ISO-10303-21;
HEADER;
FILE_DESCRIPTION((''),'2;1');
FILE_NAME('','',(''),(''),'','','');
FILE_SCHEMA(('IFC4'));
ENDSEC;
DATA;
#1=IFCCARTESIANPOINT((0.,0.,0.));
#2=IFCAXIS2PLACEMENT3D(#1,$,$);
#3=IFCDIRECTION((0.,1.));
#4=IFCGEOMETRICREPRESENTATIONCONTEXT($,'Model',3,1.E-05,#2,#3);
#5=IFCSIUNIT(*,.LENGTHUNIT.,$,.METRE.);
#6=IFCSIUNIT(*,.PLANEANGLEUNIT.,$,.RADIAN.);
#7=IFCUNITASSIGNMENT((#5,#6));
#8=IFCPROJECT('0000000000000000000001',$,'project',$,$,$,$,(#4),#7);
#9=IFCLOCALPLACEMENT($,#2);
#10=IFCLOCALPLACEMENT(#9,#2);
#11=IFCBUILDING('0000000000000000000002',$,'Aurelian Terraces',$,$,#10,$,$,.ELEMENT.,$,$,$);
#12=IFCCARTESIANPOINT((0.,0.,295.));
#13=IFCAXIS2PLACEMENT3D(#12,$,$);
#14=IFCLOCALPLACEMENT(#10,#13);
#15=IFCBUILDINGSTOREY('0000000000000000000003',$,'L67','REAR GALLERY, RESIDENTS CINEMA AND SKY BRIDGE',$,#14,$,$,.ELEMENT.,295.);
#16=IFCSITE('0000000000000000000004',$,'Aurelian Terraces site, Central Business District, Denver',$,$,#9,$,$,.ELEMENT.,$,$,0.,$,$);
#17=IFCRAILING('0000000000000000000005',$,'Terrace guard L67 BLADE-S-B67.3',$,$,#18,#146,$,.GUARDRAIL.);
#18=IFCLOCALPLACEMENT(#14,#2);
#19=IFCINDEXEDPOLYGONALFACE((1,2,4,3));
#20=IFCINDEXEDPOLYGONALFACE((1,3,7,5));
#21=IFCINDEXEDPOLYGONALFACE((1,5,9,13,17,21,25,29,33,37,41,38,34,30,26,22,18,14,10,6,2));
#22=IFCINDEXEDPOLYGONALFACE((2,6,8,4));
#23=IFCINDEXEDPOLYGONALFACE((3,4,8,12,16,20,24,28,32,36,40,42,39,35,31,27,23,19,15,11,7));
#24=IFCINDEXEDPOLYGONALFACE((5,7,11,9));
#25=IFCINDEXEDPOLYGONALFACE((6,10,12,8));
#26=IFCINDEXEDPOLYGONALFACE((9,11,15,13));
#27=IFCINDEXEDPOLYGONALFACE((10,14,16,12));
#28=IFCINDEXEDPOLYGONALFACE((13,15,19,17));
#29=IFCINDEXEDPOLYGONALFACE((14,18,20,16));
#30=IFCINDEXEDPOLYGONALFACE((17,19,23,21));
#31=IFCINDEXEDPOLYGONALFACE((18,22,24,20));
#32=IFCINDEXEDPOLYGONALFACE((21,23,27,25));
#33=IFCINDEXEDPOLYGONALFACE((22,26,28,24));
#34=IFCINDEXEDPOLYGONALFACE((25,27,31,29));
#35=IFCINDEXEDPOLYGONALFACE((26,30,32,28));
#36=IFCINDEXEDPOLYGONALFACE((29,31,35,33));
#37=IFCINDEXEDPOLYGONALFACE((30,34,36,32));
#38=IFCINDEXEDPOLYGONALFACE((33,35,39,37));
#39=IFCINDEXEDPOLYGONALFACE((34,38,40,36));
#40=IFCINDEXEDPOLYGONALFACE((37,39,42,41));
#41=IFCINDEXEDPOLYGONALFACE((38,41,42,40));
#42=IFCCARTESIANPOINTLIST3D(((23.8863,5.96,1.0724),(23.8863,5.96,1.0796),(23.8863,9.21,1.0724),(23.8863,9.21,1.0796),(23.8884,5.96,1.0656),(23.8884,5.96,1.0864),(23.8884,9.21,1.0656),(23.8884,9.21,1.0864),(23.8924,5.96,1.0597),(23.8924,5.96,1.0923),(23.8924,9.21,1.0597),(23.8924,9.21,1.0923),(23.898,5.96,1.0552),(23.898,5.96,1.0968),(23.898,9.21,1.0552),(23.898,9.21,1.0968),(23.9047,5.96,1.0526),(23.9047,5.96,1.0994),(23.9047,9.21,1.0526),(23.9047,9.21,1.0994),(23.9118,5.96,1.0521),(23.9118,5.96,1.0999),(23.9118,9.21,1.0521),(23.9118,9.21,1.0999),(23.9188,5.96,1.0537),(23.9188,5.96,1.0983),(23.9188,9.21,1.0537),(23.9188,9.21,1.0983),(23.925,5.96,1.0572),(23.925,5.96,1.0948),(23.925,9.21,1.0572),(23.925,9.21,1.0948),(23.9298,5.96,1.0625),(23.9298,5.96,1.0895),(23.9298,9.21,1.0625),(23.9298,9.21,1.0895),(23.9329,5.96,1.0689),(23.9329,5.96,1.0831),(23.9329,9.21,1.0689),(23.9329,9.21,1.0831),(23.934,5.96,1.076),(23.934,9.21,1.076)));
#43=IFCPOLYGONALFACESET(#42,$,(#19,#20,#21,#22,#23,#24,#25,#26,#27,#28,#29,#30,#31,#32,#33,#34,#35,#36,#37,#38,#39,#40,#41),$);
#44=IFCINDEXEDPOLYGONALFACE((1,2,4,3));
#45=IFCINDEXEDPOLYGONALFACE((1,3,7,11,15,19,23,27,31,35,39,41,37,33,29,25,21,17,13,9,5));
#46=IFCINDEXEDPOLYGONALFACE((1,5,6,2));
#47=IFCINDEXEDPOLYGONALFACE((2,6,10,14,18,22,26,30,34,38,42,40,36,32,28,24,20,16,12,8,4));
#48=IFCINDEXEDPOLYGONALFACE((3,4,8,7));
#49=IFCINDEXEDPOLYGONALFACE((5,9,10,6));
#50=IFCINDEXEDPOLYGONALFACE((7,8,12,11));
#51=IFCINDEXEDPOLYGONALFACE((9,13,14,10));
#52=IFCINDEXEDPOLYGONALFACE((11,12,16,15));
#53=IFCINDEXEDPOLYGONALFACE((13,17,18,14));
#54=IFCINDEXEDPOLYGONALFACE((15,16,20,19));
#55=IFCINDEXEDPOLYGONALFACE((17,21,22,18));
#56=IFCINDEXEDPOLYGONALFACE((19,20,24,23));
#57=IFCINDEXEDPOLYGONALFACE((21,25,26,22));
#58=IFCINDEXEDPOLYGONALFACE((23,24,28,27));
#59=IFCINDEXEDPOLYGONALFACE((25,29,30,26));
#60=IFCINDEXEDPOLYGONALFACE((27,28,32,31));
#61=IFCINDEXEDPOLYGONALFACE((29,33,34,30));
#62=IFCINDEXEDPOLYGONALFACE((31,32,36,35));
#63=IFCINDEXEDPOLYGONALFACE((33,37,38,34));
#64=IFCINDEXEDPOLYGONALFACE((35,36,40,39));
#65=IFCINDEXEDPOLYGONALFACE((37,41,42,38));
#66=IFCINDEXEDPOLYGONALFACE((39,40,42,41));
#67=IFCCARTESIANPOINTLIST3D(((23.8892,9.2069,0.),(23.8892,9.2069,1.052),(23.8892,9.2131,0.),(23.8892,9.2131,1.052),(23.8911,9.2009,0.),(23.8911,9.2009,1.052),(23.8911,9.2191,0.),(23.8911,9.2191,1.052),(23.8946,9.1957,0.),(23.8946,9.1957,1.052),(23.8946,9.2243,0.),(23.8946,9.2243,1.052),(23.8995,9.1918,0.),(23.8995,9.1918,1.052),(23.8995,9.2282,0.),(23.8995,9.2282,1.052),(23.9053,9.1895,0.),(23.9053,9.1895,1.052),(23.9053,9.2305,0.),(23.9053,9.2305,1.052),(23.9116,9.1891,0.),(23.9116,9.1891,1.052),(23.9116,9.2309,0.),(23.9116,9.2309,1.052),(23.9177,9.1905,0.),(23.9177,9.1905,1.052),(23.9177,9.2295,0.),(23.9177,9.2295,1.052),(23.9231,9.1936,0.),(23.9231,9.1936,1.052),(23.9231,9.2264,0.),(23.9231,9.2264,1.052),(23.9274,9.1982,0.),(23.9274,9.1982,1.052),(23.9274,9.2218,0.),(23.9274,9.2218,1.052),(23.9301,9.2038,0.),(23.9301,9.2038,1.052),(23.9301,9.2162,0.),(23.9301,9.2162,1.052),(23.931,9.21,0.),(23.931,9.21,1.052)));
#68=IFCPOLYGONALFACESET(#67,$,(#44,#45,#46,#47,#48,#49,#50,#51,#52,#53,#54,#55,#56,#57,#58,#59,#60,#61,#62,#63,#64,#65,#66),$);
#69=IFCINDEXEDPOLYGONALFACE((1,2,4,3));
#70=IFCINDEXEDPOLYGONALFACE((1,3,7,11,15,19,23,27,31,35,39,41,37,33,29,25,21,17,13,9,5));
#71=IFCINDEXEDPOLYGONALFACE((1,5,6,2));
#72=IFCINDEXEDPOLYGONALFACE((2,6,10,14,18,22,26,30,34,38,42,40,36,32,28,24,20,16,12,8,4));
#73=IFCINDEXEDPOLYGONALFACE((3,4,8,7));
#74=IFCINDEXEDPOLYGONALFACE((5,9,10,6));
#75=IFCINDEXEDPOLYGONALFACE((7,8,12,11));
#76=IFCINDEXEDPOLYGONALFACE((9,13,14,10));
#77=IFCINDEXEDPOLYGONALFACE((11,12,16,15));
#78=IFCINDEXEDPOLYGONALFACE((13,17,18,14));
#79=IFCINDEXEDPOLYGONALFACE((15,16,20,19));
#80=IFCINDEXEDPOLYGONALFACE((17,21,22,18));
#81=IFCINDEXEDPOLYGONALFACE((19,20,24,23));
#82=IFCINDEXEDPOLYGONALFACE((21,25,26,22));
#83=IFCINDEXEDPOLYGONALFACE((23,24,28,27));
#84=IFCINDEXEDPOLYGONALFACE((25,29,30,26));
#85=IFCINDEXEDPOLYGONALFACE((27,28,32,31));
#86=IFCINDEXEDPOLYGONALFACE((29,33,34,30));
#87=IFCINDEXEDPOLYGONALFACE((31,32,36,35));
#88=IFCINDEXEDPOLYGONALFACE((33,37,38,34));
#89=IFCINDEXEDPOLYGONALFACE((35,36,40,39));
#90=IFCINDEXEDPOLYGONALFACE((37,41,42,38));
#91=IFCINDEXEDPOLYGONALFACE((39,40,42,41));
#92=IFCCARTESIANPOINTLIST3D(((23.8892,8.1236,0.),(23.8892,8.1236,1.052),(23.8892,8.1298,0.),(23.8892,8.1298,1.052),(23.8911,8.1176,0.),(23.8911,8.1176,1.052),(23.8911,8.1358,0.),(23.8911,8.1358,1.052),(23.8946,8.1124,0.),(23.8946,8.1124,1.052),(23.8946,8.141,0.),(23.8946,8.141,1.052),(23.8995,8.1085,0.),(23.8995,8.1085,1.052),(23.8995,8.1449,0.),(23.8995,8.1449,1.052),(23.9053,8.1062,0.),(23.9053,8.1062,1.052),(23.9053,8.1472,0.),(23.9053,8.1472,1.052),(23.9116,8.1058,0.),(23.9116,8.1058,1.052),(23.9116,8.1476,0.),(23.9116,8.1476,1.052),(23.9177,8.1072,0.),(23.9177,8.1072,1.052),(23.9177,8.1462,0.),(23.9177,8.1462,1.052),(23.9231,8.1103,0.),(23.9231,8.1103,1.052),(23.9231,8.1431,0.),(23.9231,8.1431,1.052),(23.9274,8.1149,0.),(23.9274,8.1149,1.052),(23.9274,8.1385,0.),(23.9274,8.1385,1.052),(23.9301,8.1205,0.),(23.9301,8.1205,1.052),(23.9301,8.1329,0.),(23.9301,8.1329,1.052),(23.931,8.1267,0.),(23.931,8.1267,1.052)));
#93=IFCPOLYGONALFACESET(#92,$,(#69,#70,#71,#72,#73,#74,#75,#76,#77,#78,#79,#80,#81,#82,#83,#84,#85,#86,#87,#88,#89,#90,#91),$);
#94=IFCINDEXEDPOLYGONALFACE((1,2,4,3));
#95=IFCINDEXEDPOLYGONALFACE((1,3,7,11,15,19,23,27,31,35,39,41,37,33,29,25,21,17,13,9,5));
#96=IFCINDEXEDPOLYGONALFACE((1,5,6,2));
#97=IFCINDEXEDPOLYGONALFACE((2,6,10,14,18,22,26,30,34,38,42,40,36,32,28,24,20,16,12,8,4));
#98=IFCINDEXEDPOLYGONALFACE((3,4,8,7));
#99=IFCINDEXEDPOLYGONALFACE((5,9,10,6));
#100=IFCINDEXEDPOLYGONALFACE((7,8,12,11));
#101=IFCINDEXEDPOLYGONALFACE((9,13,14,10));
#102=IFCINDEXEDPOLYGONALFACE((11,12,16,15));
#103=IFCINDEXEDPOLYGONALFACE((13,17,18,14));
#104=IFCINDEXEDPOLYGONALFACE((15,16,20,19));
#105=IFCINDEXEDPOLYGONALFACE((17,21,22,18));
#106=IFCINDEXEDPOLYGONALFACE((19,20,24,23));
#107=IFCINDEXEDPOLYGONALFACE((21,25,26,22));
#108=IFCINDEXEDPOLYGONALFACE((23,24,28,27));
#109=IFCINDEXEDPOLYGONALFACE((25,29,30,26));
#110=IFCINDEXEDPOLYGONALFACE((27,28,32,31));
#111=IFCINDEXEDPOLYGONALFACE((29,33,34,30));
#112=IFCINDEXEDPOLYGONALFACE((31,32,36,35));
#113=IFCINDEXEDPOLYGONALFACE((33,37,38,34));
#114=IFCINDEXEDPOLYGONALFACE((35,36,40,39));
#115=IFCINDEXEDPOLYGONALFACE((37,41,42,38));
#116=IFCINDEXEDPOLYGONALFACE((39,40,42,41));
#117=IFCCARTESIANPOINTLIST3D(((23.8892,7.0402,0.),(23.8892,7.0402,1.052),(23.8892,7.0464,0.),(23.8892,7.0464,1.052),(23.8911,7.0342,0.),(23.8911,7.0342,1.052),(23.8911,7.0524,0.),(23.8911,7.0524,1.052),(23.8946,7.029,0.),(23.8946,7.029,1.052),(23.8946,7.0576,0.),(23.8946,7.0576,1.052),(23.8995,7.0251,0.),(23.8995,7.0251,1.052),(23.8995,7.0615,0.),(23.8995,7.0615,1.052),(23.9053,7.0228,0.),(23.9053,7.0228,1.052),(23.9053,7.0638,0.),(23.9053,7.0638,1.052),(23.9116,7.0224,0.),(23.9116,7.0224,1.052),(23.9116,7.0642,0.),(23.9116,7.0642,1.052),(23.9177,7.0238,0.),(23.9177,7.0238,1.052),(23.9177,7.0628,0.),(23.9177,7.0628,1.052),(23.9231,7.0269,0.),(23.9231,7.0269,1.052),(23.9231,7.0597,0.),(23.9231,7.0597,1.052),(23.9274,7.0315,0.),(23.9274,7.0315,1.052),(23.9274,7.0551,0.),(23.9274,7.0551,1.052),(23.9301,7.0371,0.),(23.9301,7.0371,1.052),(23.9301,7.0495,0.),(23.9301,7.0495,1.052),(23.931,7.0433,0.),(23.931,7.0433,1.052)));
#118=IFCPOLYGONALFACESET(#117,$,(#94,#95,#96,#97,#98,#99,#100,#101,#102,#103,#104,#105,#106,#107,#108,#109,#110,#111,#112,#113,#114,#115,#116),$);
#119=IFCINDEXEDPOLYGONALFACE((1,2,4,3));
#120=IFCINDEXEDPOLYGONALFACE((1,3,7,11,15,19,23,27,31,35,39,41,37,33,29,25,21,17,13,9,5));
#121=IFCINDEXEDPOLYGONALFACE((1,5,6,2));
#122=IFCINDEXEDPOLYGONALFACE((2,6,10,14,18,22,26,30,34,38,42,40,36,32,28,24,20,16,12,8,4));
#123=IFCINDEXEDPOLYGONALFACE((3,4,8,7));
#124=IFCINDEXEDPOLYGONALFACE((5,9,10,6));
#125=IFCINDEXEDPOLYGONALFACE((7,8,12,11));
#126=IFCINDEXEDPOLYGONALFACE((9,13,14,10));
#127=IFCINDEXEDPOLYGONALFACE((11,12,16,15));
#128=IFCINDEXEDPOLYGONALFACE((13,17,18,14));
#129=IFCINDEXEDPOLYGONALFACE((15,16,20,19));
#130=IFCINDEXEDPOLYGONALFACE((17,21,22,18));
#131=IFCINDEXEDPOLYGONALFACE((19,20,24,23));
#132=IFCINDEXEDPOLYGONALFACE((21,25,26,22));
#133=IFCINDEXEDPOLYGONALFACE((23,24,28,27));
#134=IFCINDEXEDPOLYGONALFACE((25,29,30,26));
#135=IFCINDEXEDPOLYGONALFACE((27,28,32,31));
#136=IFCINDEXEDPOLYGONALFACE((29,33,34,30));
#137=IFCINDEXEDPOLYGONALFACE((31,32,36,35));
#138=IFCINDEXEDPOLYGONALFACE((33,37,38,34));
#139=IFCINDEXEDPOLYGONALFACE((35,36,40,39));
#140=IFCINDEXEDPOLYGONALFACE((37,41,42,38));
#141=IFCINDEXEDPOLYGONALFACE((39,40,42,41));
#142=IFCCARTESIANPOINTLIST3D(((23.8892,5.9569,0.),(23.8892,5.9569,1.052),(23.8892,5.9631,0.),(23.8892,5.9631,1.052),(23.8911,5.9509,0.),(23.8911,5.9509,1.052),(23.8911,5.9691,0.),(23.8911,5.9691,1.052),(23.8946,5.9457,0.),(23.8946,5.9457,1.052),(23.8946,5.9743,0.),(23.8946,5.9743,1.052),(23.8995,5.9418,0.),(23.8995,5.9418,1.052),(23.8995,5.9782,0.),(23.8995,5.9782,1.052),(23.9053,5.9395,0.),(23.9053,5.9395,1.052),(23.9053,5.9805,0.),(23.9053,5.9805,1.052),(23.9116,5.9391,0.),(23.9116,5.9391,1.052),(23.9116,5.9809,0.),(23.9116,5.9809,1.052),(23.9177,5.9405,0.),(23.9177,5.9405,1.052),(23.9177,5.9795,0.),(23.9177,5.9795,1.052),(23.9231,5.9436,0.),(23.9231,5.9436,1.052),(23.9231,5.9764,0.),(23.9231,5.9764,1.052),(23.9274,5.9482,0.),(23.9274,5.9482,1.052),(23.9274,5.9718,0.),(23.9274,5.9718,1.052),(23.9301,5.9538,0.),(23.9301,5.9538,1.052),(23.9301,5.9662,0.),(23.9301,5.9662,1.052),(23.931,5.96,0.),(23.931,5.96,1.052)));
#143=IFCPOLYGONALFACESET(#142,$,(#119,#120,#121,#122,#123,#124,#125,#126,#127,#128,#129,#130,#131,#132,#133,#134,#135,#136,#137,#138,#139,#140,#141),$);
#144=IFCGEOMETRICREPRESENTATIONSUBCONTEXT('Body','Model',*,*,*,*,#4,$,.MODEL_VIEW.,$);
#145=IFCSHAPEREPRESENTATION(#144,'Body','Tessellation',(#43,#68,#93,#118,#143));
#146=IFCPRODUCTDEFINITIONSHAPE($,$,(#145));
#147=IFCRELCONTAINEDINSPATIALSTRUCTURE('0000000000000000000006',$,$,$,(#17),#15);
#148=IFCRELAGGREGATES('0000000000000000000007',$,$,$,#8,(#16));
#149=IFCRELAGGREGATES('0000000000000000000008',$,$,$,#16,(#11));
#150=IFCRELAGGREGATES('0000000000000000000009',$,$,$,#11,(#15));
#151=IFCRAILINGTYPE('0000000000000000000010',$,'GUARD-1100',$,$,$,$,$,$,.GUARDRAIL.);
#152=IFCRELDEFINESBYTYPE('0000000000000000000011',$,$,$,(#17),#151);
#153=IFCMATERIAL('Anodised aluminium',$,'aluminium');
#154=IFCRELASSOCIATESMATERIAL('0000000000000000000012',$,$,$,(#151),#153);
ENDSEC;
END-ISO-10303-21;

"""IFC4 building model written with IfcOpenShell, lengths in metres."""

from ifc_helpers import new_model, si_unit, direction, frame, origin, origin_2d, place, context, subcontext, project, spatial, circle, extrude, material, type_object, element, save


model = new_model("IFC4")

# Units and contexts
model_context = context("Model", 3, precision=1e-05, world=origin(), true_north=direction((0.0, 1.0)))
body_context = subcontext(model_context, "Body", "Model", "MODEL_VIEW")
ifc_project = project(units=[si_unit("LENGTHUNIT", "METRE"), si_unit("PLANEANGLEUNIT", "RADIAN")], contexts=[model_context])

# Site, building, storey
site_placement = place(None, origin())
site = spatial("IfcSite", under=ifc_project, at=site_placement, Name="Aurelian Terraces site, Central Business District, Denver", CompositionType="ELEMENT", RefElevation=0.0)
building_placement = place(site_placement, origin())
building = spatial("IfcBuilding", under=site, at=building_placement, Name="Aurelian Terraces", CompositionType="ELEMENT")
storey_placement = place(building_placement, frame((0.0, 0.0, 295.0)))
storey = spatial("IfcBuildingStorey", under=building, at=storey_placement, Name="L67", Description="REAR GALLERY, RESIDENTS CINEMA AND SKY BRIDGE", CompositionType="ELEMENT", Elevation=295.0)

# Railing
ifc_material_1 = material(Name="Anodised aluminium", Category="aluminium")
railing_type = type_object("IfcRailingType", Name="GUARD-1100", PredefinedType="GUARDRAIL", material=ifc_material_1)
railing_1_placement = place(storey_placement, frame((23.91, 9.21, 0.0)))
element("IfcRailing", 1, at=railing_1_placement, inside=storey, type_object=railing_type, Name="Terrace guard L67 BLADE-S-B67.3", PredefinedType="GUARDRAIL", context=body_context, shape_type="SweptSolid", body=[
    extrude(circle(Radius=0.024, at=origin_2d()), frame((0.0, 0.0, 1.076), z_axis=(0.0, -1.0, 0.0), x_axis=(1.0, 0.0, 0.0)), (0.0, 0.0, 1.0), 3.25),
    extrude(circle(Radius=0.021, at=origin_2d()), origin(), (0.0, 0.0, 1.0), 1.052),
    extrude(circle(Radius=0.021, at=origin_2d()), frame((0.0, -1.0833, 0.0)), (0.0, 0.0, 1.0), 1.052),
    extrude(circle(Radius=0.021, at=origin_2d()), frame((0.0, -2.1667, 0.0)), (0.0, 0.0, 1.0), 1.052),
    extrude(circle(Radius=0.021, at=origin_2d()), frame((0.0, -3.25, 0.0)), (0.0, 0.0, 1.0), 1.052),
])

save(model, "model.ifc")
